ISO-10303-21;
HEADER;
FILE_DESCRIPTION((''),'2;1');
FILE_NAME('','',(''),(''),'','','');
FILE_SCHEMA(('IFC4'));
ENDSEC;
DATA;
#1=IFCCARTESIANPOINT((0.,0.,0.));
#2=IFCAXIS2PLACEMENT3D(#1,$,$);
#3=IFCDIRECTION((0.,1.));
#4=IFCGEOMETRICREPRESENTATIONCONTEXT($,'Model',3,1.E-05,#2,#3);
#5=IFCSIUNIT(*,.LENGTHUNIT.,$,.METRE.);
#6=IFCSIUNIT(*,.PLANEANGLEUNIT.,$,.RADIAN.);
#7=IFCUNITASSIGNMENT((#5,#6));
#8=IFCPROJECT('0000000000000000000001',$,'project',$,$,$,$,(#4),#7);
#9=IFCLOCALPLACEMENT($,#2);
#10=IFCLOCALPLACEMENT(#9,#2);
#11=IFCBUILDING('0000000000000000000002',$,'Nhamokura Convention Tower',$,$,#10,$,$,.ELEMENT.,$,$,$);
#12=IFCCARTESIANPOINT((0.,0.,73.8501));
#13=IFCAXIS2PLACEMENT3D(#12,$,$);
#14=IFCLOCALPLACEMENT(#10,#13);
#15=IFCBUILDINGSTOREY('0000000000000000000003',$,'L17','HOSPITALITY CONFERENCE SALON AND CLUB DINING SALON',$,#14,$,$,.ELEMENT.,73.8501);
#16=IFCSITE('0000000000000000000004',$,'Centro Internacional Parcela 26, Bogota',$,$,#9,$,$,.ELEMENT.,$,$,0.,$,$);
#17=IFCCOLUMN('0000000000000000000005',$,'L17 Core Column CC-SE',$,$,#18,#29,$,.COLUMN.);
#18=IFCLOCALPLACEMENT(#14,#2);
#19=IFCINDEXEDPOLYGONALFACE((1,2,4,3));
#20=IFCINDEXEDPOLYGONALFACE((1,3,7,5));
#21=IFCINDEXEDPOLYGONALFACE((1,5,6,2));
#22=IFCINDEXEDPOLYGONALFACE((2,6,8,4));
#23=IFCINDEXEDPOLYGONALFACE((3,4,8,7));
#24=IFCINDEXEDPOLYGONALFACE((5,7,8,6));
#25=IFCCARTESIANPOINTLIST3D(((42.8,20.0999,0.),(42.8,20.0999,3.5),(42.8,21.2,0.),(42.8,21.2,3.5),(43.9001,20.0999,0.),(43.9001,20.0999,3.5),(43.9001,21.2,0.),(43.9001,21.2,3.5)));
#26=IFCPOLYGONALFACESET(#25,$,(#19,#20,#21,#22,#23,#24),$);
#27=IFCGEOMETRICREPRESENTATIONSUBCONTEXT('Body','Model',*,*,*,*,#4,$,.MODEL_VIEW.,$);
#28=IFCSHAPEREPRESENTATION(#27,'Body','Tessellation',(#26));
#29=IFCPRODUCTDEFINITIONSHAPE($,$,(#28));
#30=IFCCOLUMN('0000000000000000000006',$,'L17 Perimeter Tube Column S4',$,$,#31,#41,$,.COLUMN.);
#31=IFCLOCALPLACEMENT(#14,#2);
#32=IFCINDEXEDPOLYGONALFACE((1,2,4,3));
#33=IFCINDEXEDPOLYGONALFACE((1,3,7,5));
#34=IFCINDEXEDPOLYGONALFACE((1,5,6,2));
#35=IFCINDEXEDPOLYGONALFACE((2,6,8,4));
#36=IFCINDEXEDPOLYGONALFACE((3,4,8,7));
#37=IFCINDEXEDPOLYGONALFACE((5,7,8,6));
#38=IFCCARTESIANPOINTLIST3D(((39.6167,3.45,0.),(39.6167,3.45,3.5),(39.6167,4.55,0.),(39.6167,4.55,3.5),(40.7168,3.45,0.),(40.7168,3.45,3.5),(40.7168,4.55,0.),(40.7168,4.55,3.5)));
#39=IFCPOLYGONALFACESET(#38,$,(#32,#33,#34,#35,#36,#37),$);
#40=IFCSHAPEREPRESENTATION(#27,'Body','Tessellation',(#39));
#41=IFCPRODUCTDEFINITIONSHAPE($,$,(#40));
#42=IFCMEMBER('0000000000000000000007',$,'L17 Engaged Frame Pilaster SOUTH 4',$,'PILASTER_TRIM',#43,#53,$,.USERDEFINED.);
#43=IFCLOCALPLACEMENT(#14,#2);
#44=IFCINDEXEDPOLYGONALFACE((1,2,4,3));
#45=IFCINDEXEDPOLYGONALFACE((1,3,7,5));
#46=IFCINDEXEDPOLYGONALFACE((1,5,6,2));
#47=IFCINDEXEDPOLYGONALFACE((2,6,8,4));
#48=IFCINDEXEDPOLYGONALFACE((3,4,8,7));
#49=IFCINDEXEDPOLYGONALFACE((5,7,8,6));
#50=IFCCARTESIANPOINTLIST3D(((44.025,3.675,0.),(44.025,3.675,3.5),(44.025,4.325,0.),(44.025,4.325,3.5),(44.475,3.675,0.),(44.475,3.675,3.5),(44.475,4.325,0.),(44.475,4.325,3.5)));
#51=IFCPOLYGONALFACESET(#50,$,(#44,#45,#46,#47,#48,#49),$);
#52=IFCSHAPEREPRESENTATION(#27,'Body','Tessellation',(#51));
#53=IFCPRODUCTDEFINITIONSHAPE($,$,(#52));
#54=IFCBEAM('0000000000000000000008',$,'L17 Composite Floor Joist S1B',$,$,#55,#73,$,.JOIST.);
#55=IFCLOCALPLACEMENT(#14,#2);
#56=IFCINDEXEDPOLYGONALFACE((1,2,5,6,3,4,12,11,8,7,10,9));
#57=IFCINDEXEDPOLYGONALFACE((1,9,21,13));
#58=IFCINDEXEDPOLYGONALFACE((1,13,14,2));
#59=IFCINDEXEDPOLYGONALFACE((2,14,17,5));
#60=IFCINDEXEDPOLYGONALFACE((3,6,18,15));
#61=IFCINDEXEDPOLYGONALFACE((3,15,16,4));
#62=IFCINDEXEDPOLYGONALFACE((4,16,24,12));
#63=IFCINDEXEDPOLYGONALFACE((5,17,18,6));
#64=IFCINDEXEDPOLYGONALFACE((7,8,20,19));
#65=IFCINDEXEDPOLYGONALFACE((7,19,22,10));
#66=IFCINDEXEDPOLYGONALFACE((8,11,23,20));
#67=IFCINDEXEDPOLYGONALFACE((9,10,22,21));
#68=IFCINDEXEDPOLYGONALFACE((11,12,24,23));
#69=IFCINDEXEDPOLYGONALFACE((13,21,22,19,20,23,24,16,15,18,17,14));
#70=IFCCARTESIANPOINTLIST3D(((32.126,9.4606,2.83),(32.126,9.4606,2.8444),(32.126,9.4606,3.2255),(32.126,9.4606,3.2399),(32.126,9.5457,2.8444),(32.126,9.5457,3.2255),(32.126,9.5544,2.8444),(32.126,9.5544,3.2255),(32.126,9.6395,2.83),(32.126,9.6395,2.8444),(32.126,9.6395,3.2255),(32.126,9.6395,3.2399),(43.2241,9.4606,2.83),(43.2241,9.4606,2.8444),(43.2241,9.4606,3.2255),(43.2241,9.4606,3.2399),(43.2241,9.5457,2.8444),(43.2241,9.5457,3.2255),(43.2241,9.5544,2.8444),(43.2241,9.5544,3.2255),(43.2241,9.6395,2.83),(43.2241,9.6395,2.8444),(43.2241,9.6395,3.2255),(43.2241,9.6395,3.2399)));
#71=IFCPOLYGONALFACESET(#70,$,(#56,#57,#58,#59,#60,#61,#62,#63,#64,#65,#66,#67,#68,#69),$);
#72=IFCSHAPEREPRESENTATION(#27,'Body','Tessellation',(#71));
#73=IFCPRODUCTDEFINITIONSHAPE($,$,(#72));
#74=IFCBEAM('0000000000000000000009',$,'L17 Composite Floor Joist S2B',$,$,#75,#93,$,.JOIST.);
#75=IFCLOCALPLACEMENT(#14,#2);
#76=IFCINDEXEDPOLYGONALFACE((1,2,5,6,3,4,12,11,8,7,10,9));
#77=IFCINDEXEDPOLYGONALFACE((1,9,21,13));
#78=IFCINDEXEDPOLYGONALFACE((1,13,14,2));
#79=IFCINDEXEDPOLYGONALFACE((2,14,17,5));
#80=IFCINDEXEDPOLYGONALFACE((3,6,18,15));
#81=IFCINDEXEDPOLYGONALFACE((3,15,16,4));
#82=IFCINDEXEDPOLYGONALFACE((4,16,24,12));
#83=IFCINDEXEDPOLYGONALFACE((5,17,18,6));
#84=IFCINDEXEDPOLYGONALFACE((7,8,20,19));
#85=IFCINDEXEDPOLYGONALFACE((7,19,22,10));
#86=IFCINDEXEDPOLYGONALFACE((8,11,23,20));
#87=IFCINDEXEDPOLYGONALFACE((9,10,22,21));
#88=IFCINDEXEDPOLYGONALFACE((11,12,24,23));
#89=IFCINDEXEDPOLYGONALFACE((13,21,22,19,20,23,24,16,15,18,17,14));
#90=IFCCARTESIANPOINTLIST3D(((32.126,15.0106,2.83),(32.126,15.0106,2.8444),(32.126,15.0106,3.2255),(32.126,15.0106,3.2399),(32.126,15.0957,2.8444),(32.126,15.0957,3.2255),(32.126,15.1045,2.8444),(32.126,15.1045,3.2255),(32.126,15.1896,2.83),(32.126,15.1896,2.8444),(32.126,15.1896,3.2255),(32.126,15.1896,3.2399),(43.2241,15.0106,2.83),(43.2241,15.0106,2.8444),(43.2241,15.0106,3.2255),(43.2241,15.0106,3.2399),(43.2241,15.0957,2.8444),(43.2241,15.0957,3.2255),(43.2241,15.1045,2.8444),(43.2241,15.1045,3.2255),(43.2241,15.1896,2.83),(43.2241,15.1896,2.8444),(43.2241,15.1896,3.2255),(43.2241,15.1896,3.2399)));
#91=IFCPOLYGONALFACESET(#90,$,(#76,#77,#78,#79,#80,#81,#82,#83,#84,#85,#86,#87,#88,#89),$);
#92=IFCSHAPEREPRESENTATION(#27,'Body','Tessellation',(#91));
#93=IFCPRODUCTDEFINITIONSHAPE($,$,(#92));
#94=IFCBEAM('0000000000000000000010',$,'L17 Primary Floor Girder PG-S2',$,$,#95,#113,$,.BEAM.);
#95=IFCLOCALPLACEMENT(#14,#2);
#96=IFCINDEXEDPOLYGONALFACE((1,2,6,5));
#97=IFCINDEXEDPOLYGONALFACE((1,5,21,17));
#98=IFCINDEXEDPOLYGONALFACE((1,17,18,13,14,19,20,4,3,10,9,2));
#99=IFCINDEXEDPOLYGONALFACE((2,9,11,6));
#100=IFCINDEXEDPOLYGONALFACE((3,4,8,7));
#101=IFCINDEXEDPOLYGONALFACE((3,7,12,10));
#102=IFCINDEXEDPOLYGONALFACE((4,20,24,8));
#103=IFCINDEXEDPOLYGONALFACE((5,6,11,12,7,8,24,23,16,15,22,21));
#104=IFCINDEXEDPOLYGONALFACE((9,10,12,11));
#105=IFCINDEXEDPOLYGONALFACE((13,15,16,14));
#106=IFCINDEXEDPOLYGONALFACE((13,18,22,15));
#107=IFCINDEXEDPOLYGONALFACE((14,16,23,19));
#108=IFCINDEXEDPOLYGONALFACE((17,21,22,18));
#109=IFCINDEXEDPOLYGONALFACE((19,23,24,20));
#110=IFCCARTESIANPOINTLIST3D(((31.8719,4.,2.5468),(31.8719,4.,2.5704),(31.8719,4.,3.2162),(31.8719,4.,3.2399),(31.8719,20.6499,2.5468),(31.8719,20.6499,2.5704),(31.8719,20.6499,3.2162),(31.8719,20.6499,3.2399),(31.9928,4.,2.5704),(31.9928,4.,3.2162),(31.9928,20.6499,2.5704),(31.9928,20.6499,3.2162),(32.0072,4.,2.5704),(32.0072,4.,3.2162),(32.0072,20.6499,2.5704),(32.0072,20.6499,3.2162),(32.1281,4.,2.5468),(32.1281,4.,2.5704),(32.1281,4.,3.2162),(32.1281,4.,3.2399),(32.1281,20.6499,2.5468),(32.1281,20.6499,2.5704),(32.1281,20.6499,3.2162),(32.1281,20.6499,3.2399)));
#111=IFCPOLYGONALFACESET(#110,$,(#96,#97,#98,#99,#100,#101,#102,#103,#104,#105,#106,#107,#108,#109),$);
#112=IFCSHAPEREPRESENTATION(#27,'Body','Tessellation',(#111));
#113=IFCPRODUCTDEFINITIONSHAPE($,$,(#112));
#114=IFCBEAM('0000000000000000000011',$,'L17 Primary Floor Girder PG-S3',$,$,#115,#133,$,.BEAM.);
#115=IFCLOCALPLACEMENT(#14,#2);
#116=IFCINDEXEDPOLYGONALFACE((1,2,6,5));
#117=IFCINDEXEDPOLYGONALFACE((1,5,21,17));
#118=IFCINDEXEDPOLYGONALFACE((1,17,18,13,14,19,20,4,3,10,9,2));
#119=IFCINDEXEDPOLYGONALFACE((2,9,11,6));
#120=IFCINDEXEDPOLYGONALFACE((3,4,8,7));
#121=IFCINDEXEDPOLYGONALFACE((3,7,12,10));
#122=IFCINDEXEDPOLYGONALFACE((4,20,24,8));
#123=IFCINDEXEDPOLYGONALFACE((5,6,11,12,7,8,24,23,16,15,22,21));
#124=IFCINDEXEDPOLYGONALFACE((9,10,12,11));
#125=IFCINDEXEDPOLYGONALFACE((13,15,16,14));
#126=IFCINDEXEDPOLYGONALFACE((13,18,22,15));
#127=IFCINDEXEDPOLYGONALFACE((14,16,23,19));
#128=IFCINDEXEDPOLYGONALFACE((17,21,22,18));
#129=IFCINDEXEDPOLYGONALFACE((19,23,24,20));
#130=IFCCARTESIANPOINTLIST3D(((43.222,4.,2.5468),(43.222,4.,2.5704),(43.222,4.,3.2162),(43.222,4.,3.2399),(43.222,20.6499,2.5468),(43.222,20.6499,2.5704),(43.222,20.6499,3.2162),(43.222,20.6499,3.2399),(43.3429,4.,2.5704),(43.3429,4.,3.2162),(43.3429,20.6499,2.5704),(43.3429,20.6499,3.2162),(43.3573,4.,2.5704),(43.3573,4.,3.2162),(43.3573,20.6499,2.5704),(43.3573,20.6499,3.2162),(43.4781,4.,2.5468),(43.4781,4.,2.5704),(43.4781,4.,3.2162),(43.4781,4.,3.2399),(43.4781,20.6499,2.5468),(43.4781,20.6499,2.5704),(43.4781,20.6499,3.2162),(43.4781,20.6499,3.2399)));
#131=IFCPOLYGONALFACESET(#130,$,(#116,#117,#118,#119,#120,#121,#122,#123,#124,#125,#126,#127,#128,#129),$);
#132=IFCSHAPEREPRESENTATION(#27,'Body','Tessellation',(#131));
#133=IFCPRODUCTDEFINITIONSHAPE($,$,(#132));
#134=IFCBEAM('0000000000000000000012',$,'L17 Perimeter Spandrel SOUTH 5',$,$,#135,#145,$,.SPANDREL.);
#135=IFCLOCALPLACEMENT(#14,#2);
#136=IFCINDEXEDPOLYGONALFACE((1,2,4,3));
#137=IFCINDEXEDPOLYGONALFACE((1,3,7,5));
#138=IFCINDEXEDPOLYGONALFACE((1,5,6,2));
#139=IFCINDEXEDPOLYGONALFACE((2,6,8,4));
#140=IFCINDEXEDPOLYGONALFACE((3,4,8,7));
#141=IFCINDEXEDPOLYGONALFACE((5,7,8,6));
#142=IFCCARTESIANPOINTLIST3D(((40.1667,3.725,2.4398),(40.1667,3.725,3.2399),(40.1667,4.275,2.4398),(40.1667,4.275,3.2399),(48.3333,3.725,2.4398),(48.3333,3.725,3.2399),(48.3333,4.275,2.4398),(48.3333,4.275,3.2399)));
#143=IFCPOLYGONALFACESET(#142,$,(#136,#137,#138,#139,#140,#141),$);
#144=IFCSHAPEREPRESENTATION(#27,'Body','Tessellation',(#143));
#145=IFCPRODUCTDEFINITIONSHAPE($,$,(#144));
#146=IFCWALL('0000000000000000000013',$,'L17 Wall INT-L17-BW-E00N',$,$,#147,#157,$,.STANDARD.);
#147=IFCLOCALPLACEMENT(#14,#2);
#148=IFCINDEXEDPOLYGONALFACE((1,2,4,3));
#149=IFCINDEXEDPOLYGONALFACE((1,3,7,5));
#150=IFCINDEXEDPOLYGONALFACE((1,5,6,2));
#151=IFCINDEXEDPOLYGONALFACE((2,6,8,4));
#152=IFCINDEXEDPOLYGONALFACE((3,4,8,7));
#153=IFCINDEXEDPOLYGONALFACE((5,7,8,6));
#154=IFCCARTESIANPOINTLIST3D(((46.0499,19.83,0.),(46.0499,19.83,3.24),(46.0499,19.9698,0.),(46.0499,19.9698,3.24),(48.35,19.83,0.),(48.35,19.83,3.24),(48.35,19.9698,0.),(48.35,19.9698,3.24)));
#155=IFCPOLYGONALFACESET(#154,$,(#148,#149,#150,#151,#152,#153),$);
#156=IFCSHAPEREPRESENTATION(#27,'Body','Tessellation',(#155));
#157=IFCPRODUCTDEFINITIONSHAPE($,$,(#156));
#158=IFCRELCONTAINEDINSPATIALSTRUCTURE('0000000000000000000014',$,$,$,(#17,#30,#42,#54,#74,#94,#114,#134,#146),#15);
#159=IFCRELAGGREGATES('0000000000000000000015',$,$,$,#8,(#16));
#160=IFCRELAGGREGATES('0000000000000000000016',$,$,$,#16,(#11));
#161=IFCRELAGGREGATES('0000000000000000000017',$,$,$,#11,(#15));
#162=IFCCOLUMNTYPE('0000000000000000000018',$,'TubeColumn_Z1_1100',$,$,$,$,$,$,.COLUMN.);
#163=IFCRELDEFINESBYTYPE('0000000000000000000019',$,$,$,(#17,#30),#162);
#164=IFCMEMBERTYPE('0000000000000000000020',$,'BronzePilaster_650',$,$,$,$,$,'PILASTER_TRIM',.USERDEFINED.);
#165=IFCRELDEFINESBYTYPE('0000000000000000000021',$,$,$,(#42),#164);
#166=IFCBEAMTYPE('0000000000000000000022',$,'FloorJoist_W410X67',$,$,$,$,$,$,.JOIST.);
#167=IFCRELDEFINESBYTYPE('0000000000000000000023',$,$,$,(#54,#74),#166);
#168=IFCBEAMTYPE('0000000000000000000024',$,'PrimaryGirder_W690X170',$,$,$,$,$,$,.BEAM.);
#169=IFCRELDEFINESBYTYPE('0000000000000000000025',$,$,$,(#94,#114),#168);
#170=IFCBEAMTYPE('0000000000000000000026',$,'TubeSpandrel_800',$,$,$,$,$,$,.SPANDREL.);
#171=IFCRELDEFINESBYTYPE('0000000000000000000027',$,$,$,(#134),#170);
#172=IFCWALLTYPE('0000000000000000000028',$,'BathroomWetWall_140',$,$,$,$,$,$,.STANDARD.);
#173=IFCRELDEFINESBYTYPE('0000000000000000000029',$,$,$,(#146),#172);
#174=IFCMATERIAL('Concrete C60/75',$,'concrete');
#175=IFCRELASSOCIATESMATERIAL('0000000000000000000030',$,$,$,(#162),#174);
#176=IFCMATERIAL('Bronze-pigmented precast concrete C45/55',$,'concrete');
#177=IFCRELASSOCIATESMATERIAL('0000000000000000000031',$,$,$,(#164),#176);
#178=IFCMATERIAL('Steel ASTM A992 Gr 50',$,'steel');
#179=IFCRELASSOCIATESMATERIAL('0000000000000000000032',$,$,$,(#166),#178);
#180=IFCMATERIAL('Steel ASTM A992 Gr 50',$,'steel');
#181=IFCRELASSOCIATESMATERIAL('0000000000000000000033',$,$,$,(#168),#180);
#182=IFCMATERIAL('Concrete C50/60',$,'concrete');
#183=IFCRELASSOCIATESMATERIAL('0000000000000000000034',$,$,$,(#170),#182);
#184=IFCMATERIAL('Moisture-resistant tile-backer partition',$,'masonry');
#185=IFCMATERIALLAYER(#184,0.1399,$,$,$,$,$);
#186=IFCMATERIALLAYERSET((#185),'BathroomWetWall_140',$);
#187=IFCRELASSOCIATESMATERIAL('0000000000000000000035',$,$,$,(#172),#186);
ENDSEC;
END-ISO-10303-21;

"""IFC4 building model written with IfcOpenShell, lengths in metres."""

from ifc_helpers import new_model, si_unit, direction, frame, frame_2d, origin, origin_2d, place, context, subcontext, project, spatial, rectangle, i_section, extrude, material, layer, layer_set, material_profile, profile_set, type_object, element, save


model = new_model("IFC4")

# Units and contexts
model_context = context("Model", 3, precision=1e-05, world=origin(), true_north=direction((0.0, 1.0)))
body_context = subcontext(model_context, "Body", "Model", "MODEL_VIEW")
ifc_project = project(units=[si_unit("LENGTHUNIT", "METRE"), si_unit("PLANEANGLEUNIT", "RADIAN")], contexts=[model_context])

# Site, building, storey
site_placement = place(None, origin())
site = spatial("IfcSite", under=ifc_project, at=site_placement, Name="Centro Internacional Parcela 26, Bogota", CompositionType="ELEMENT", RefElevation=0.0)
building_placement = place(site_placement, origin())
building = spatial("IfcBuilding", under=site, at=building_placement, Name="Nhamokura Convention Tower", CompositionType="ELEMENT")
storey_placement = place(building_placement, frame((0.0, 0.0, 73.8501)))
storey = spatial("IfcBuildingStorey", under=building, at=storey_placement, Name="L17", Description="HOSPITALITY CONFERENCE SALON AND CLUB DINING SALON", CompositionType="ELEMENT", Elevation=73.8501)

# Columns
ifc_material_1 = material(Name="Concrete C60/75", Category="concrete")
ifc_material_profile_1 = material_profile(ifc_material_1, rectangle(XDim=1.1001, YDim=1.1001, at=origin_2d()))
ifc_profile_set_1 = profile_set([ifc_material_profile_1], Name="Concrete C60/75")
column_type = type_object("IfcColumnType", Name="TubeColumn_Z1_1100", PredefinedType="COLUMN", material=ifc_profile_set_1)
for number, where, z_axis, x_axis, name in (
    (1, (43.3501, 20.6499, 0.0), (0.0, 0.0, 1.0), (1.0, 0.0, 0.0), "L17 Core Column CC-SE"),
    (2, (40.1667, 4.0, 0.0), (0.0, 0.0, 1.0), (1.0, 0.0, 0.0), "L17 Perimeter Tube Column S4"),
):
    element("IfcColumn", number, at=place(storey_placement, frame(where, z_axis=z_axis, x_axis=x_axis)), inside=storey, type_object=column_type, Name=name, PredefinedType="COLUMN", context=body_context, shape_type="SweptSolid", body=[
        extrude(rectangle(XDim=1.1001, YDim=1.1001, at=origin_2d()), origin(), (0.0, 0.0, 1.0), 3.5),
    ])

# Member
ifc_material_2 = material(Name="Bronze-pigmented precast concrete C45/55", Category="concrete")
ifc_material_profile_2 = material_profile(ifc_material_2, rectangle(XDim=0.45, YDim=0.6499, at=origin_2d()))
ifc_profile_set_2 = profile_set([ifc_material_profile_2], Name="Bronze-pigmented precast concrete C45/55")
member_type = type_object("IfcMemberType", Name="BronzePilaster_650", ElementType="PILASTER_TRIM", PredefinedType="USERDEFINED", material=ifc_profile_set_2)
member_placement = place(storey_placement, frame((44.25, 4.0, 0.0), z_axis=(0.0, 0.0, 1.0), x_axis=(1.0, 0.0, 0.0)))
element("IfcMember", 3, at=member_placement, inside=storey, type_object=member_type, Name="L17 Engaged Frame Pilaster SOUTH 4", ObjectType="PILASTER_TRIM", PredefinedType="USERDEFINED", context=body_context, shape_type="SweptSolid", body=[
    extrude(rectangle(XDim=0.45, YDim=0.6499, at=origin_2d()), origin(), (0.0, 0.0, 1.0), 3.5),
])

# Beams
ifc_material_3 = material(Name="Steel ASTM A992 Gr 50", Category="steel")
ifc_material_profile_3 = material_profile(ifc_material_3, i_section(OverallWidth=0.179, OverallDepth=0.4099, WebThickness=0.0088, FlangeThickness=0.0144, at=origin_2d()))
ifc_profile_set_3 = profile_set([ifc_material_profile_3], Name="Steel ASTM A992 Gr 50")
beam_type_1 = type_object("IfcBeamType", Name="FloorJoist_W410X67", PredefinedType="JOIST", material=ifc_profile_set_3)
for number, where, z_axis, x_axis, name in (
    (4, (32.126, 9.55, 3.0349), (1.0, 0.0, 0.0), (0.0, 1.0, 0.0), "L17 Composite Floor Joist S1B"),
    (5, (32.126, 15.1001, 3.0349), (1.0, 0.0, 0.0), (0.0, 1.0, 0.0), "L17 Composite Floor Joist S2B"),
):
    element("IfcBeam", number, at=place(storey_placement, frame(where, z_axis=z_axis, x_axis=x_axis)), inside=storey, type_object=beam_type_1, Name=name, PredefinedType="JOIST", context=body_context, shape_type="SweptSolid", body=[
        extrude(i_section(OverallWidth=0.179, OverallDepth=0.4099, WebThickness=0.0088, FlangeThickness=0.0144, at=origin_2d()), origin(), (0.0, 0.0, 1.0), 11.0981),
    ])
ifc_material_4 = material(Name="Steel ASTM A992 Gr 50", Category="steel")
ifc_material_profile_4 = material_profile(ifc_material_4, i_section(OverallWidth=0.2561, OverallDepth=0.6931, WebThickness=0.0144, FlangeThickness=0.0237, at=origin_2d()))
ifc_profile_set_4 = profile_set([ifc_material_profile_4], Name="Steel ASTM A992 Gr 50")
beam_type_2 = type_object("IfcBeamType", Name="PrimaryGirder_W690X170", PredefinedType="BEAM", material=ifc_profile_set_4)
for number, where, z_axis, x_axis, name in (
    (6, (32.0, 4.0, 2.8933), (0.0, 1.0, 0.0), (-1.0, 0.0, 0.0), "L17 Primary Floor Girder PG-S2"),
    (7, (43.3501, 4.0, 2.8933), (0.0, 1.0, 0.0), (-1.0, 0.0, 0.0), "L17 Primary Floor Girder PG-S3"),
):
    element("IfcBeam", number, at=place(storey_placement, frame(where, z_axis=z_axis, x_axis=x_axis)), inside=storey, type_object=beam_type_2, Name=name, PredefinedType="BEAM", context=body_context, shape_type="SweptSolid", body=[
        extrude(i_section(OverallWidth=0.2561, OverallDepth=0.6931, WebThickness=0.0144, FlangeThickness=0.0237, at=origin_2d()), origin(), (0.0, 0.0, 1.0), 16.6499),
    ])
ifc_material_5 = material(Name="Concrete C50/60", Category="concrete")
ifc_material_profile_5 = material_profile(ifc_material_5, rectangle(XDim=0.55, YDim=0.8, at=origin_2d()))
ifc_profile_set_5 = profile_set([ifc_material_profile_5], Name="Concrete C50/60")
beam_type_3 = type_object("IfcBeamType", Name="TubeSpandrel_800", PredefinedType="SPANDREL", material=ifc_profile_set_5)
beam_placement = place(storey_placement, frame((40.1667, 4.0, 2.8398), z_axis=(1.0, 0.0, 0.0), x_axis=(0.0, 1.0, 0.0)))
element("IfcBeam", 8, at=beam_placement, inside=storey, type_object=beam_type_3, Name="L17 Perimeter Spandrel SOUTH 5", PredefinedType="SPANDREL", context=body_context, shape_type="SweptSolid", body=[
    extrude(rectangle(XDim=0.55, YDim=0.8, at=origin_2d()), origin(), (0.0, 0.0, 1.0), 8.1665),
])

# Wall
ifc_material_6 = material(Name="Moisture-resistant tile-backer partition", Category="masonry")
ifc_layer_1 = layer(ifc_material_6, 0.1399)
ifc_layer_set_1 = layer_set([ifc_layer_1], Name="BathroomWetWall_140")
wall_type_1 = type_object("IfcWallType", Name="BathroomWetWall_140", PredefinedType="STANDARD", material=ifc_layer_set_1)
wall_1_placement = place(storey_placement, frame((46.05, 19.8999, 0.0), z_axis=(0.0, 0.0, 1.0), x_axis=(1.0, 0.0, 0.0)))
element("IfcWall", 9, at=wall_1_placement, inside=storey, type_object=wall_type_1, Name="L17 Wall INT-L17-BW-E00N", PredefinedType="STANDARD", context=body_context, shape_type="SweptSolid", body=[
    extrude(rectangle(XDim=2.3, YDim=0.1399, at=frame_2d((1.1499, 0.0))), origin(), (0.0, 0.0, 1.0), 3.24),
])

save(model, "model.ifc")
